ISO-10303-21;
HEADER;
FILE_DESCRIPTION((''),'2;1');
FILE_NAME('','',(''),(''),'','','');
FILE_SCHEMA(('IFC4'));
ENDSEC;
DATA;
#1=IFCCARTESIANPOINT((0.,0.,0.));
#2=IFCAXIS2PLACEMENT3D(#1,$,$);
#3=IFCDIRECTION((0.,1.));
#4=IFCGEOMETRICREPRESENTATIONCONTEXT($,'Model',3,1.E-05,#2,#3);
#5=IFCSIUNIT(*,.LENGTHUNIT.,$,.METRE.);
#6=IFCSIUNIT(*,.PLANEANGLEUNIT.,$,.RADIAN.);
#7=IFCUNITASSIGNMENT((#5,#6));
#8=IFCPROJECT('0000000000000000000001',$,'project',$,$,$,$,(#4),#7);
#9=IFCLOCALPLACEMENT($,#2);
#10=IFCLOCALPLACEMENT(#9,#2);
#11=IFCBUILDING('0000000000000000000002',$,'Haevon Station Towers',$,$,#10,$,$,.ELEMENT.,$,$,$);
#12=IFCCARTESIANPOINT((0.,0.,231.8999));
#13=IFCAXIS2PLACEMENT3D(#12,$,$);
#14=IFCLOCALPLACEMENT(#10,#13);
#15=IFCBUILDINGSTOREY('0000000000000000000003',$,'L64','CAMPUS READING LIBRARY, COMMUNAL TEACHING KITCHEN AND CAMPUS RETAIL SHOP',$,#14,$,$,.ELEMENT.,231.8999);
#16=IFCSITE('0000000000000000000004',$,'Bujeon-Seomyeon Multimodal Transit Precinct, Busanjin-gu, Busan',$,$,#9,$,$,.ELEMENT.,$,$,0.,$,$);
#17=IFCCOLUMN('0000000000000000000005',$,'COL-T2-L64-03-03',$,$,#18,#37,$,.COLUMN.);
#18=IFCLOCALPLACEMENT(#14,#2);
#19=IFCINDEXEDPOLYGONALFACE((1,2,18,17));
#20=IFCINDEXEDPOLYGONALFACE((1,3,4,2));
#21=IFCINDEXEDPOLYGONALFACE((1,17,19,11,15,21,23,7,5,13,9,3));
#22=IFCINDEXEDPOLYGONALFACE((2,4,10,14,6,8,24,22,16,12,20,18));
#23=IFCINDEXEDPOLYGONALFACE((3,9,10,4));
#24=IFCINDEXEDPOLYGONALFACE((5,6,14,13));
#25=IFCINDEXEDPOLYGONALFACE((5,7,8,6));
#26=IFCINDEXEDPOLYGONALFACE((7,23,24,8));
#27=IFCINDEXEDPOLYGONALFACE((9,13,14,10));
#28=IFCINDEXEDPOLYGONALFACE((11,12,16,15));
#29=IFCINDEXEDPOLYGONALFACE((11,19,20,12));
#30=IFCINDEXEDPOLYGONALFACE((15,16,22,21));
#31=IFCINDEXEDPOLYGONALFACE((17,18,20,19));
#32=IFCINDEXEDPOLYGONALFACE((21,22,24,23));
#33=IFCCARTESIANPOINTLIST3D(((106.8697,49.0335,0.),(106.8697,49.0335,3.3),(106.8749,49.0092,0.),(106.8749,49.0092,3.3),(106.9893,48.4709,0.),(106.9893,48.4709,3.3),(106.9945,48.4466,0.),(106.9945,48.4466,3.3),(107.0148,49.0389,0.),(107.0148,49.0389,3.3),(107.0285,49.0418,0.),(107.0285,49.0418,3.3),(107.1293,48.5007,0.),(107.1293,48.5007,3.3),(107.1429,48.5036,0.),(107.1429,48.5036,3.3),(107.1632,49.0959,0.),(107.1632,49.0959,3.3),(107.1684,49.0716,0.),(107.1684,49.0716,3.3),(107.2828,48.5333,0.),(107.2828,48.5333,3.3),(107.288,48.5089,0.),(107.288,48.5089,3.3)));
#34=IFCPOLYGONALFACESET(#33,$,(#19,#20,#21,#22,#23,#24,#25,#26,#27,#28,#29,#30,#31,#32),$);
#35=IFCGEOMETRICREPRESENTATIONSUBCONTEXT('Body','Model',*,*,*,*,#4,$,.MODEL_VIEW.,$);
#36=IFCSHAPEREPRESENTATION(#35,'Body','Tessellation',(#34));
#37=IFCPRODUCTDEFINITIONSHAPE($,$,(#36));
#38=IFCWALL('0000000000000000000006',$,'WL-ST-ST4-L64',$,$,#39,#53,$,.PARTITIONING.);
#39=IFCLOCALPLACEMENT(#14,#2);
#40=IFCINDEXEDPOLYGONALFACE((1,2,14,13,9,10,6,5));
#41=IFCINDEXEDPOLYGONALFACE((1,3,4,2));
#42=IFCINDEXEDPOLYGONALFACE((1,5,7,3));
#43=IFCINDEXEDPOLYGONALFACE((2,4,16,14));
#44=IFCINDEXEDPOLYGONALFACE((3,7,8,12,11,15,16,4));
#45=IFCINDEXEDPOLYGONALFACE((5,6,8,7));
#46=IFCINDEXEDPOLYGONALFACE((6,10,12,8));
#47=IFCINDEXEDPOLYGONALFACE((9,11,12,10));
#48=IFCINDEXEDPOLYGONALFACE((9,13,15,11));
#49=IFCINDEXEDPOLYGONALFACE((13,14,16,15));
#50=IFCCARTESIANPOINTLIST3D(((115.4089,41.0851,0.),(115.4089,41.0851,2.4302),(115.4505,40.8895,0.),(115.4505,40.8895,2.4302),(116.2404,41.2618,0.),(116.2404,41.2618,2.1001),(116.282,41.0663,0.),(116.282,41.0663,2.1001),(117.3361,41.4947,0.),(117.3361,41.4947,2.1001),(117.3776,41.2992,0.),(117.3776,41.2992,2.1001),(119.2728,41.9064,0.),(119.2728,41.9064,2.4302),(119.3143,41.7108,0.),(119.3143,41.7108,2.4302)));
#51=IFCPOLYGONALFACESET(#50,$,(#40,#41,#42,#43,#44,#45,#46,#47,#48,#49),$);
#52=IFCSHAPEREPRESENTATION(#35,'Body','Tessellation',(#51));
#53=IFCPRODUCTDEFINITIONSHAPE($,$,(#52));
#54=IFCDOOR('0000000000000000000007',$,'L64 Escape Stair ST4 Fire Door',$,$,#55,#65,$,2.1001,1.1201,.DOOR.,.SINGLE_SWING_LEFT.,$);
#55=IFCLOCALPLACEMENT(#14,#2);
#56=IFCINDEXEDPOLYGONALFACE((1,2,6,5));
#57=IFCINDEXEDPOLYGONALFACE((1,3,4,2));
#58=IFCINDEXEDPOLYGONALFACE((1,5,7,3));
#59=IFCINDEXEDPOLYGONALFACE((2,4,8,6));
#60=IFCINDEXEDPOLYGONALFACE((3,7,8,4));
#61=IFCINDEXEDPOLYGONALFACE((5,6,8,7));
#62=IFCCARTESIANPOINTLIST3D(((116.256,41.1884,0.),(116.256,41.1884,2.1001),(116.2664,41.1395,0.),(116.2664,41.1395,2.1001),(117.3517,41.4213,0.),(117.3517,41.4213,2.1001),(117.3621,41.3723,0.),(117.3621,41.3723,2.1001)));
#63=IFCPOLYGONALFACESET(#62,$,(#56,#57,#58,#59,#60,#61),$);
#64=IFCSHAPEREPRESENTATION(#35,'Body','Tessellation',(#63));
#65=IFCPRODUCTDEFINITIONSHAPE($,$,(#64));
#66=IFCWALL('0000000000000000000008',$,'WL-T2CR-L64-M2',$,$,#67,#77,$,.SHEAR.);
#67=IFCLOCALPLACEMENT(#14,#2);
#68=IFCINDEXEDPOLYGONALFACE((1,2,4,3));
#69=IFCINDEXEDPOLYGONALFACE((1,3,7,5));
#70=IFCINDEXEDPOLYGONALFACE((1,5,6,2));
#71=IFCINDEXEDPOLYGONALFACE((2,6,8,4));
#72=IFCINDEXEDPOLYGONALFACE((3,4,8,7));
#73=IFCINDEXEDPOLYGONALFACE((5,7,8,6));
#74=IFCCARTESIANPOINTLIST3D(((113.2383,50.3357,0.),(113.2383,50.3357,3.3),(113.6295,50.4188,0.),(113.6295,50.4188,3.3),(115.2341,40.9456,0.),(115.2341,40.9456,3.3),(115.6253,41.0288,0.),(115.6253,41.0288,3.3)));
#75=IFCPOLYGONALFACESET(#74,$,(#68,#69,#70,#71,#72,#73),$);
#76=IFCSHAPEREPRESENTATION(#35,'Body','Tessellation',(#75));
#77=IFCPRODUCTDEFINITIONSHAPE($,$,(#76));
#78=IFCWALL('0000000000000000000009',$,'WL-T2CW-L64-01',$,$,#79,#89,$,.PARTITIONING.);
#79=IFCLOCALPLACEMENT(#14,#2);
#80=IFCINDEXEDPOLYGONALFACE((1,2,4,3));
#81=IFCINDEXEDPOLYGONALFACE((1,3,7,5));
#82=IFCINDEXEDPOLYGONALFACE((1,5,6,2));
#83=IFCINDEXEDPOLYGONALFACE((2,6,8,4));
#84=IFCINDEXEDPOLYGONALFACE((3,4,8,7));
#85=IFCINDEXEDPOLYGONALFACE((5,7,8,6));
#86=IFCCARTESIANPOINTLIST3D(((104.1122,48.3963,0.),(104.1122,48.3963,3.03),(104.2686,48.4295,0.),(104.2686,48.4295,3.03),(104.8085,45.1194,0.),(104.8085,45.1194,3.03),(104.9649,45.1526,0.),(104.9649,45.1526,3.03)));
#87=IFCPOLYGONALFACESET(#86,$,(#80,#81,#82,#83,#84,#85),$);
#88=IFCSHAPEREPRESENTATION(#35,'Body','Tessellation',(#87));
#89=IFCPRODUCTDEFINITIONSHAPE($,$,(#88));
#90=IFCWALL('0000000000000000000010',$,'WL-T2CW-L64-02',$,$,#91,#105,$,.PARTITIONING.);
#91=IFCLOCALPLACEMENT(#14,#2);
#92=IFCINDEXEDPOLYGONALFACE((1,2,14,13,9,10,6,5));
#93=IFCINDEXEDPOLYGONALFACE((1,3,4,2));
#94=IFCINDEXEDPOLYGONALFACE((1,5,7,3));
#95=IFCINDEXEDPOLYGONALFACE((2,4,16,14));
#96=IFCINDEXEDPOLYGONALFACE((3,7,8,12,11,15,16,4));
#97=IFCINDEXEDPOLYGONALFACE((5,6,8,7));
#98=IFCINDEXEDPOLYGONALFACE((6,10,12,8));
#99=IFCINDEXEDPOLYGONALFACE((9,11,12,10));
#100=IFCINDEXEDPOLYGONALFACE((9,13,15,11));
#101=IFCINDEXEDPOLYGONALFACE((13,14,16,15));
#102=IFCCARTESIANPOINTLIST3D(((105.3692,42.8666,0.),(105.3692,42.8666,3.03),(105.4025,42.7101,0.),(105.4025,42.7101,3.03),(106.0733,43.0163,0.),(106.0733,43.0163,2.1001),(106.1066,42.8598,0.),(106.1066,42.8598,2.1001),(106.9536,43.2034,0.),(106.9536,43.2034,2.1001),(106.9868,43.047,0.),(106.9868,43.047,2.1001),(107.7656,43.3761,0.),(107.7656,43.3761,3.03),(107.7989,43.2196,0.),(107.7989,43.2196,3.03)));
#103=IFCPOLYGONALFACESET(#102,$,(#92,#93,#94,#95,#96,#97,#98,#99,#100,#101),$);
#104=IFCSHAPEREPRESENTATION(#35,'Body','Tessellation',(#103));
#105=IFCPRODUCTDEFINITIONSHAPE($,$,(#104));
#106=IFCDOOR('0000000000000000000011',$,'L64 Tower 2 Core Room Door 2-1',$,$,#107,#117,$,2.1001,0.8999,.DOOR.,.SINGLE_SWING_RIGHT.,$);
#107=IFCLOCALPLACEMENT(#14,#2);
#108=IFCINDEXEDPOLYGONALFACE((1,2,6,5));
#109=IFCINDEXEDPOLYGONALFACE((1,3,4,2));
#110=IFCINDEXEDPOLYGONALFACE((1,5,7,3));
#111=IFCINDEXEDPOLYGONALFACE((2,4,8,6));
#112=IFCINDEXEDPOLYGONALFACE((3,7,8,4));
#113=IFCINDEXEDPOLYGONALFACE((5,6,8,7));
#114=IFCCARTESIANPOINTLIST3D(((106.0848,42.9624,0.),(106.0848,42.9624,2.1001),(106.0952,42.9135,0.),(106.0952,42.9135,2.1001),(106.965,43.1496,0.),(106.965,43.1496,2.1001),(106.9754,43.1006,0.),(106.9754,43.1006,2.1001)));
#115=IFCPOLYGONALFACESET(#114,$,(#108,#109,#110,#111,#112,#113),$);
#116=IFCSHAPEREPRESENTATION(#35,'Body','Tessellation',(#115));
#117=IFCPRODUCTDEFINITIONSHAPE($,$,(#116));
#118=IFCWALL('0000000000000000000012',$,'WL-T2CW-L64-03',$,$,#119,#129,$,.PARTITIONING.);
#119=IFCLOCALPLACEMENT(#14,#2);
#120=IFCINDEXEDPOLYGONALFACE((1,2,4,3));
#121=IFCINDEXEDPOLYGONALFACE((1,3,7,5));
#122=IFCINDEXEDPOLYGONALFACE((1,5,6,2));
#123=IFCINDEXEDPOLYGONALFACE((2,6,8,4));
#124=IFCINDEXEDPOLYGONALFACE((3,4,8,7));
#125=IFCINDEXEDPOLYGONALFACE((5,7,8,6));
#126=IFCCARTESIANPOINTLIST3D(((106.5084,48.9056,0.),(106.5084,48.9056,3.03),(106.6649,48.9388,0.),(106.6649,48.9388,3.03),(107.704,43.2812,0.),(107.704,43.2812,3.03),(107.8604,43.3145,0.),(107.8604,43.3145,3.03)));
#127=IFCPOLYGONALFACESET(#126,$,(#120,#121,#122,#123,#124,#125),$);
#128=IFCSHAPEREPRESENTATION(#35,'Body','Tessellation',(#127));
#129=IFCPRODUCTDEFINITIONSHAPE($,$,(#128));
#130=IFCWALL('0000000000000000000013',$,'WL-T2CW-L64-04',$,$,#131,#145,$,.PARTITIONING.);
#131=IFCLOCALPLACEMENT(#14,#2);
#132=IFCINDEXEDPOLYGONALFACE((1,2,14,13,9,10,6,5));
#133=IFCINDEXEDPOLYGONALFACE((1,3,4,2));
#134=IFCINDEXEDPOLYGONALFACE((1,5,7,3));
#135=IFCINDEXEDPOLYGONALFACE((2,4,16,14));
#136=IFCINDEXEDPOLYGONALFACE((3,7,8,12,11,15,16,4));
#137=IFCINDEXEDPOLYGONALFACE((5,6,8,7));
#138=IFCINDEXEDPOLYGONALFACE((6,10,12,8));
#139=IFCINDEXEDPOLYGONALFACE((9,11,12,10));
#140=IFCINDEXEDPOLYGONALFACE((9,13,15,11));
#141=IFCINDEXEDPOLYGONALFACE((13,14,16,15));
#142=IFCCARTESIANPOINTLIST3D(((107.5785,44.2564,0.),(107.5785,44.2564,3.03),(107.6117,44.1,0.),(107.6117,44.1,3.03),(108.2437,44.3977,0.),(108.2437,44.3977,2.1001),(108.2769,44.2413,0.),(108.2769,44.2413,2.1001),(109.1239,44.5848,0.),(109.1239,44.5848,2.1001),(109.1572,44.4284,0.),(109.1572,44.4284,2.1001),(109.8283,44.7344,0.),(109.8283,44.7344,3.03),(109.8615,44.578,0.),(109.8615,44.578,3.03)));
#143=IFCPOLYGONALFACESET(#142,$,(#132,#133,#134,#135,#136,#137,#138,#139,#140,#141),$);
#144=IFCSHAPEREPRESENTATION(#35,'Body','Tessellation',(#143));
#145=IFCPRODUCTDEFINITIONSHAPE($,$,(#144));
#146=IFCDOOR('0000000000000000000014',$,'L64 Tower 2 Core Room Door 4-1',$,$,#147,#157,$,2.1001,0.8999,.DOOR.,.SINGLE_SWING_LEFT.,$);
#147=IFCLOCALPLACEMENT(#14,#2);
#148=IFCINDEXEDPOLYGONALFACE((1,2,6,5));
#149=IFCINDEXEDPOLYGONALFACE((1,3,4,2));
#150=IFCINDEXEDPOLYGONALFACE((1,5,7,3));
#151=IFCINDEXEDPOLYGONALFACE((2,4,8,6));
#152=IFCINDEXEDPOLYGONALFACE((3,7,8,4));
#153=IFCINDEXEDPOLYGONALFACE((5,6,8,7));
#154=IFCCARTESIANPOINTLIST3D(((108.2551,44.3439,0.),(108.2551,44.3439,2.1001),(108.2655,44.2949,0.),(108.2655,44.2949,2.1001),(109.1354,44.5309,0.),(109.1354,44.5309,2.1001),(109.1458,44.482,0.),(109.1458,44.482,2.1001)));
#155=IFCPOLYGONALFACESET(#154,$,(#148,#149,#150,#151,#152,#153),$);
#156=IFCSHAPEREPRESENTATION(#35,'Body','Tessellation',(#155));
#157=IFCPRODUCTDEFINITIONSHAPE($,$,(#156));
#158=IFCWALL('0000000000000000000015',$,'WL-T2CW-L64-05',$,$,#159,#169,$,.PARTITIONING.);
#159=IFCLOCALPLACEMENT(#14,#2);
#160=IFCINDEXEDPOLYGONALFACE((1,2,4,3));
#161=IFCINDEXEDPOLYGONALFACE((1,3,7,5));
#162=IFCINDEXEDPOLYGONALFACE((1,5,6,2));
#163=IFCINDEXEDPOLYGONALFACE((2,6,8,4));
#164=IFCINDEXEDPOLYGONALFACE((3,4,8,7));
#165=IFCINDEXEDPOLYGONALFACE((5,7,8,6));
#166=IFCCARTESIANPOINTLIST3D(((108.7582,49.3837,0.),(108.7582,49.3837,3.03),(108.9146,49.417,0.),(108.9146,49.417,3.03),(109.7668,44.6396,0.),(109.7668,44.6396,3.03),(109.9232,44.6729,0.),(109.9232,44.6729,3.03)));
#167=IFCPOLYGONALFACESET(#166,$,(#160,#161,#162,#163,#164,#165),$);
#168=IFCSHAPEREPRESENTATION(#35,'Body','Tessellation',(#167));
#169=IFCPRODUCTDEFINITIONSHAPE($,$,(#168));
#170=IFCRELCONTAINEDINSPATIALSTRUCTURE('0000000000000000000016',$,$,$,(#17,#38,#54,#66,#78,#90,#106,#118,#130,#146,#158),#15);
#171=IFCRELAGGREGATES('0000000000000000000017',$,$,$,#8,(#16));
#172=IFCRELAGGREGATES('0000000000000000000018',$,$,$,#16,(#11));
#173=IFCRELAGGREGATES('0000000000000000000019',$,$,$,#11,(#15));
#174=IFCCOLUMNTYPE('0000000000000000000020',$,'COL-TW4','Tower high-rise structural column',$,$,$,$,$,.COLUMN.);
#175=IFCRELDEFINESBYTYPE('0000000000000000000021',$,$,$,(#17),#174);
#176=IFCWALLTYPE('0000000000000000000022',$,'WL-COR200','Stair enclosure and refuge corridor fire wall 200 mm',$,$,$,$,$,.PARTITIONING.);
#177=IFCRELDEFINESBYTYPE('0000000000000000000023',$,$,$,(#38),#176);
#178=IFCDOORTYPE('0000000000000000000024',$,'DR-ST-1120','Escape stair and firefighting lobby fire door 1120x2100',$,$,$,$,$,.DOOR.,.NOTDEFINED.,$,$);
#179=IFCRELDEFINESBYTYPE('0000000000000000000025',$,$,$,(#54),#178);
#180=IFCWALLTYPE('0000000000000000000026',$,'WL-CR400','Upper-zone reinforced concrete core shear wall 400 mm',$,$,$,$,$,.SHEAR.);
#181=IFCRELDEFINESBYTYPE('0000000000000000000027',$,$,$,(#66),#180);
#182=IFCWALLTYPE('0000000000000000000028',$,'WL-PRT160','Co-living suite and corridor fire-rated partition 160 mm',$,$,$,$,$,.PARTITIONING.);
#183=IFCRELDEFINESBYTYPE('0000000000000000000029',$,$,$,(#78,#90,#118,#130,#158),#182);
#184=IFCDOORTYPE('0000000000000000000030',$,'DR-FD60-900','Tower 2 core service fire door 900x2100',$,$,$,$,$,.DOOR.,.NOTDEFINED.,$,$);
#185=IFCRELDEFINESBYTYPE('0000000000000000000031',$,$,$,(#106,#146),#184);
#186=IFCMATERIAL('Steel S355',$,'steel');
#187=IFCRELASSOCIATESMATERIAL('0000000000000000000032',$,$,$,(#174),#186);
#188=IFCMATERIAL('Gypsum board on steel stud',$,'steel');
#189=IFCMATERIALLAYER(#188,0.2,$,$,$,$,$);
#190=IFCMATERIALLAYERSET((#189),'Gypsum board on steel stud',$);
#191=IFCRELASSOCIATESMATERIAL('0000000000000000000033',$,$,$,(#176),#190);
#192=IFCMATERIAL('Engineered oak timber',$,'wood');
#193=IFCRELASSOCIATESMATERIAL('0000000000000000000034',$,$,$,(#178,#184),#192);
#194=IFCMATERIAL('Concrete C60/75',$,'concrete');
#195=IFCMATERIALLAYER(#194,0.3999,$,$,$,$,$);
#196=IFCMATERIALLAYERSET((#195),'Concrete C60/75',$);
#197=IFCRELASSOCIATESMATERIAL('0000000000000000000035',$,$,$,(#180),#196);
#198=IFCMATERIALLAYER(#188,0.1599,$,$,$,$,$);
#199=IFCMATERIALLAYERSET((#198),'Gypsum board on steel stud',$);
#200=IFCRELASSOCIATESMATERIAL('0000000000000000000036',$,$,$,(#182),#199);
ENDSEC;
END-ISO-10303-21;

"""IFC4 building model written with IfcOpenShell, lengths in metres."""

from ifc_helpers import new_model, si_unit, direction, frame, frame_2d, origin, origin_2d, place, context, subcontext, project, spatial, rectangle, i_section, extrude, material, layer, layer_set, material_profile, profile_set, type_object, element, fill, save


model = new_model("IFC4")

# Units and contexts
model_context = context("Model", 3, precision=1e-05, world=origin(), true_north=direction((0.0, 1.0)))
body_context = subcontext(model_context, "Body", "Model", "MODEL_VIEW")
ifc_project = project(units=[si_unit("LENGTHUNIT", "METRE"), si_unit("PLANEANGLEUNIT", "RADIAN")], contexts=[model_context])

# Site, building, storey
site_placement = place(None, origin())
site = spatial("IfcSite", under=ifc_project, at=site_placement, Name="Bujeon-Seomyeon Multimodal Transit Precinct, Busanjin-gu, Busan", CompositionType="ELEMENT", RefElevation=0.0)
building_placement = place(site_placement, origin())
building = spatial("IfcBuilding", under=site, at=building_placement, Name="Haevon Station Towers", CompositionType="ELEMENT")
storey_placement = place(building_placement, frame((0.0, 0.0, 231.8999)))
storey = spatial("IfcBuildingStorey", under=building, at=storey_placement, Name="L64", Description="CAMPUS READING LIBRARY, COMMUNAL TEACHING KITCHEN AND CAMPUS RETAIL SHOP", CompositionType="ELEMENT", Elevation=231.8999)

# Column
ifc_material_1 = material(Name="Steel S355", Category="steel")
ifc_material_profile = material_profile(ifc_material_1, i_section(OverallWidth=0.3, OverallDepth=0.6001, WebThickness=0.0139, FlangeThickness=0.0249, at=origin_2d()), Name="H-600x300x14x25")
ifc_profile_set = profile_set([ifc_material_profile], Name="Steel S355")
column_type = type_object("IfcColumnType", Name="COL-TW4", Description="Tower high-rise structural column", PredefinedType="COLUMN", material=ifc_profile_set)
column_placement = place(storey_placement, frame((107.0789, 48.7712, 0.0), z_axis=(0.0, 0.0, 1.0), x_axis=(0.978148, 0.207912, 0.0)))
element("IfcColumn", 1, at=column_placement, inside=storey, type_object=column_type, Name="COL-T2-L64-03-03", PredefinedType="COLUMN", context=body_context, shape_type="SweptSolid", body=[
    extrude(i_section(OverallWidth=0.3, OverallDepth=0.6001, WebThickness=0.0139, FlangeThickness=0.0249, at=origin_2d()), origin(), (0.0, 0.0, 1.0), 3.3),
])

# Wall, opening, door
ifc_material_2 = material(Name="Gypsum board on steel stud", Category="steel")
ifc_layer_1 = layer(ifc_material_2, 0.2)
ifc_layer_set_1 = layer_set([ifc_layer_1], Name="Gypsum board on steel stud")
wall_type_1 = type_object("IfcWallType", Name="WL-COR200", Description="Stair enclosure and refuge corridor fire wall 200 mm", PredefinedType="PARTITIONING", material=ifc_layer_set_1)
wall_1_placement = place(storey_placement, frame((115.4297, 40.9873, 0.0), z_axis=(0.0, 0.0, 1.0), x_axis=(0.978147, 0.207916, 0.0)))
wall_1 = element("IfcWall", 2, at=wall_1_placement, inside=storey, type_object=wall_type_1, Name="WL-ST-ST4-L64", PredefinedType="PARTITIONING", context=body_context, shape_type="SweptSolid", body=[
    extrude(rectangle(XDim=3.9502, YDim=0.2, at=frame_2d((1.9751, 0.0))), origin(), (0.0, 0.0, 1.0), 2.4302),
])
opening_1_placement = place(wall_1_placement, frame((0.8501, 0.0, 0.0)))
opening_1 = element("IfcOpeningElement", 3, at=opening_1_placement, cuts=wall_1, PredefinedType="OPENING", context=body_context, shape_type="SweptSolid", body=[
    extrude(rectangle(XDim=1.1201, YDim=2.1001, at=frame_2d((0.5601, 1.05))), frame((0.0, 0.1099, 0.0), z_axis=(0.0, -1.0, 0.0), x_axis=(1.0, 0.0, 0.0)), (0.0, 0.0, 1.0), 0.22),
])
ifc_material_3 = material(Name="Engineered oak timber", Category="wood")
door_type_1 = type_object("IfcDoorType", Name="DR-ST-1120", Description="Escape stair and firefighting lobby fire door 1120x2100", OperationType="NOTDEFINED", PredefinedType="DOOR", material=ifc_material_3)
door_1_placement = place(opening_1_placement, origin())
door_1 = element("IfcDoor", 4, at=door_1_placement, inside=storey, type_object=door_type_1, Name="L64 Escape Stair ST4 Fire Door", OperationType="SINGLE_SWING_LEFT", OverallHeight=2.1001, OverallWidth=1.1201, PredefinedType="DOOR", context=body_context, shape_type="SweptSolid", body=[
    extrude(rectangle(XDim=1.1201, YDim=2.1001, at=frame_2d((0.5601, 1.05))), frame((0.0, 0.0249, 0.0), z_axis=(0.0, -1.0, 0.0), x_axis=(1.0, 0.0, 0.0)), (0.0, 0.0, 1.0), 0.05),
])
fill(opening_1, door_1)

# Walls
ifc_material_4 = material(Name="Concrete C60/75", Category="concrete")
ifc_layer_2 = layer(ifc_material_4, 0.3999)
ifc_layer_set_2 = layer_set([ifc_layer_2], Name="Concrete C60/75")
wall_type_2 = type_object("IfcWallType", Name="WL-CR400", Description="Upper-zone reinforced concrete core shear wall 400 mm", PredefinedType="SHEAR", material=ifc_layer_set_2)
wall_2_placement = place(storey_placement, frame((115.4297, 40.9873, 0.0), z_axis=(0.0, 0.0, 1.0), x_axis=(-0.207903, 0.978149, 0.0)))
element("IfcWall", 5, at=wall_2_placement, inside=storey, type_object=wall_type_2, Name="WL-T2CR-L64-M2", PredefinedType="SHEAR", context=body_context, shape_type="SweptSolid", body=[
    extrude(rectangle(XDim=9.5999, YDim=0.3999, at=frame_2d((4.7998, 0.0))), origin(), (0.0, 0.0, 1.0), 3.3),
])
ifc_layer_3 = layer(ifc_material_2, 0.1599)
ifc_layer_set_3 = layer_set([ifc_layer_3], Name="Gypsum board on steel stud")
wall_type_3 = type_object("IfcWallType", Name="WL-PRT160", Description="Co-living suite and corridor fire-rated partition 160 mm", PredefinedType="PARTITIONING", material=ifc_layer_set_3)
wall_3_placement = place(storey_placement, frame((104.8867, 45.136, 0.0), z_axis=(0.0, 0.0, 1.0), x_axis=(-0.207847, 0.978161, 0.0)))
element("IfcWall", 6, at=wall_3_placement, inside=storey, type_object=wall_type_3, Name="WL-T2CW-L64-01", PredefinedType="PARTITIONING", context=body_context, shape_type="SweptSolid", body=[
    extrude(rectangle(XDim=3.3501, YDim=0.1599, at=frame_2d((1.675, 0.0))), origin(), (0.0, 0.0, 1.0), 3.03),
])

# Wall, opening, door
wall_4_placement = place(storey_placement, frame((105.3857, 42.7883, 0.0), z_axis=(0.0, 0.0, 1.0), x_axis=(0.978137, 0.207964, 0.0)))
wall_4 = element("IfcWall", 7, at=wall_4_placement, inside=storey, type_object=wall_type_3, Name="WL-T2CW-L64-02", PredefinedType="PARTITIONING", context=body_context, shape_type="SweptSolid", body=[
    extrude(rectangle(XDim=2.45, YDim=0.1599, at=frame_2d((1.2251, 0.0))), origin(), (0.0, 0.0, 1.0), 3.03),
])
opening_2_placement = place(wall_4_placement, frame((0.72, 0.0, 0.0)))
opening_2 = element("IfcOpeningElement", 8, at=opening_2_placement, cuts=wall_4, PredefinedType="OPENING", context=body_context, shape_type="SweptSolid", body=[
    extrude(rectangle(XDim=0.8999, YDim=2.1001, at=frame_2d((0.45, 1.05))), frame((0.0, 0.0898, 0.0), z_axis=(0.0, -1.0, 0.0), x_axis=(1.0, 0.0, 0.0)), (0.0, 0.0, 1.0), 0.1799),
])
door_type_2 = type_object("IfcDoorType", Name="DR-FD60-900", Description="Tower 2 core service fire door 900x2100", OperationType="NOTDEFINED", PredefinedType="DOOR", material=ifc_material_3)
door_2_placement = place(opening_2_placement, origin())
door_2 = element("IfcDoor", 9, at=door_2_placement, inside=storey, type_object=door_type_2, Name="L64 Tower 2 Core Room Door 2-1", OperationType="SINGLE_SWING_RIGHT", OverallHeight=2.1001, OverallWidth=0.8999, PredefinedType="DOOR", context=body_context, shape_type="SweptSolid", body=[
    extrude(rectangle(XDim=0.8999, YDim=2.1001, at=frame_2d((0.45, 1.05))), frame((0.0, 0.0249, 0.0), z_axis=(0.0, -1.0, 0.0), x_axis=(1.0, 0.0, 0.0)), (0.0, 0.0, 1.0), 0.05),
])
fill(opening_2, door_2)

# Wall
wall_5_placement = place(storey_placement, frame((107.7822, 43.2979, 0.0), z_axis=(0.0, 0.0, 1.0), x_axis=(-0.207925, 0.978145, 0.0)))
element("IfcWall", 10, at=wall_5_placement, inside=storey, type_object=wall_type_3, Name="WL-T2CW-L64-03", PredefinedType="PARTITIONING", context=body_context, shape_type="SweptSolid", body=[
    extrude(rectangle(XDim=5.75, YDim=0.1599, at=frame_2d((2.875, 0.0))), origin(), (0.0, 0.0, 1.0), 3.03),
])

# Wall, opening, door
wall_6_placement = place(storey_placement, frame((107.5952, 44.1782, 0.0), z_axis=(0.0, 0.0, 1.0), x_axis=(0.978163, 0.20784, 0.0)))
wall_6 = element("IfcWall", 11, at=wall_6_placement, inside=storey, type_object=wall_type_3, Name="WL-T2CW-L64-04", PredefinedType="PARTITIONING", context=body_context, shape_type="SweptSolid", body=[
    extrude(rectangle(XDim=2.3, YDim=0.1599, at=frame_2d((1.1499, 0.0))), origin(), (0.0, 0.0, 1.0), 3.03),
])
opening_3_placement = place(wall_6_placement, frame((0.6799, 0.0, 0.0)))
opening_3 = element("IfcOpeningElement", 12, at=opening_3_placement, cuts=wall_6, PredefinedType="OPENING", context=body_context, shape_type="SweptSolid", body=[
    extrude(rectangle(XDim=0.8999, YDim=2.1001, at=frame_2d((0.45, 1.05))), frame((0.0, 0.0898, 0.0), z_axis=(0.0, -1.0, 0.0), x_axis=(1.0, 0.0, 0.0)), (0.0, 0.0, 1.0), 0.1799),
])
door_3_placement = place(opening_3_placement, origin())
door_3 = element("IfcDoor", 13, at=door_3_placement, inside=storey, type_object=door_type_2, Name="L64 Tower 2 Core Room Door 4-1", OperationType="SINGLE_SWING_LEFT", OverallHeight=2.1001, OverallWidth=0.8999, PredefinedType="DOOR", context=body_context, shape_type="SweptSolid", body=[
    extrude(rectangle(XDim=0.8999, YDim=2.1001, at=frame_2d((0.45, 1.05))), frame((0.0, 0.0249, 0.0), z_axis=(0.0, -1.0, 0.0), x_axis=(1.0, 0.0, 0.0)), (0.0, 0.0, 1.0), 0.05),
])
fill(opening_3, door_3)

# Wall
wall_7_placement = place(storey_placement, frame((109.845, 44.6562, 0.0), z_axis=(0.0, 0.0, 1.0), x_axis=(-0.207941, 0.978141, 0.0)))
element("IfcWall", 14, at=wall_7_placement, inside=storey, type_object=wall_type_3, Name="WL-T2CW-L64-05", PredefinedType="PARTITIONING", context=body_context, shape_type="SweptSolid", body=[
    extrude(rectangle(XDim=4.8501, YDim=0.1599, at=frame_2d((2.425, 0.0))), origin(), (0.0, 0.0, 1.0), 3.03),
])

save(model, "model.ifc")
